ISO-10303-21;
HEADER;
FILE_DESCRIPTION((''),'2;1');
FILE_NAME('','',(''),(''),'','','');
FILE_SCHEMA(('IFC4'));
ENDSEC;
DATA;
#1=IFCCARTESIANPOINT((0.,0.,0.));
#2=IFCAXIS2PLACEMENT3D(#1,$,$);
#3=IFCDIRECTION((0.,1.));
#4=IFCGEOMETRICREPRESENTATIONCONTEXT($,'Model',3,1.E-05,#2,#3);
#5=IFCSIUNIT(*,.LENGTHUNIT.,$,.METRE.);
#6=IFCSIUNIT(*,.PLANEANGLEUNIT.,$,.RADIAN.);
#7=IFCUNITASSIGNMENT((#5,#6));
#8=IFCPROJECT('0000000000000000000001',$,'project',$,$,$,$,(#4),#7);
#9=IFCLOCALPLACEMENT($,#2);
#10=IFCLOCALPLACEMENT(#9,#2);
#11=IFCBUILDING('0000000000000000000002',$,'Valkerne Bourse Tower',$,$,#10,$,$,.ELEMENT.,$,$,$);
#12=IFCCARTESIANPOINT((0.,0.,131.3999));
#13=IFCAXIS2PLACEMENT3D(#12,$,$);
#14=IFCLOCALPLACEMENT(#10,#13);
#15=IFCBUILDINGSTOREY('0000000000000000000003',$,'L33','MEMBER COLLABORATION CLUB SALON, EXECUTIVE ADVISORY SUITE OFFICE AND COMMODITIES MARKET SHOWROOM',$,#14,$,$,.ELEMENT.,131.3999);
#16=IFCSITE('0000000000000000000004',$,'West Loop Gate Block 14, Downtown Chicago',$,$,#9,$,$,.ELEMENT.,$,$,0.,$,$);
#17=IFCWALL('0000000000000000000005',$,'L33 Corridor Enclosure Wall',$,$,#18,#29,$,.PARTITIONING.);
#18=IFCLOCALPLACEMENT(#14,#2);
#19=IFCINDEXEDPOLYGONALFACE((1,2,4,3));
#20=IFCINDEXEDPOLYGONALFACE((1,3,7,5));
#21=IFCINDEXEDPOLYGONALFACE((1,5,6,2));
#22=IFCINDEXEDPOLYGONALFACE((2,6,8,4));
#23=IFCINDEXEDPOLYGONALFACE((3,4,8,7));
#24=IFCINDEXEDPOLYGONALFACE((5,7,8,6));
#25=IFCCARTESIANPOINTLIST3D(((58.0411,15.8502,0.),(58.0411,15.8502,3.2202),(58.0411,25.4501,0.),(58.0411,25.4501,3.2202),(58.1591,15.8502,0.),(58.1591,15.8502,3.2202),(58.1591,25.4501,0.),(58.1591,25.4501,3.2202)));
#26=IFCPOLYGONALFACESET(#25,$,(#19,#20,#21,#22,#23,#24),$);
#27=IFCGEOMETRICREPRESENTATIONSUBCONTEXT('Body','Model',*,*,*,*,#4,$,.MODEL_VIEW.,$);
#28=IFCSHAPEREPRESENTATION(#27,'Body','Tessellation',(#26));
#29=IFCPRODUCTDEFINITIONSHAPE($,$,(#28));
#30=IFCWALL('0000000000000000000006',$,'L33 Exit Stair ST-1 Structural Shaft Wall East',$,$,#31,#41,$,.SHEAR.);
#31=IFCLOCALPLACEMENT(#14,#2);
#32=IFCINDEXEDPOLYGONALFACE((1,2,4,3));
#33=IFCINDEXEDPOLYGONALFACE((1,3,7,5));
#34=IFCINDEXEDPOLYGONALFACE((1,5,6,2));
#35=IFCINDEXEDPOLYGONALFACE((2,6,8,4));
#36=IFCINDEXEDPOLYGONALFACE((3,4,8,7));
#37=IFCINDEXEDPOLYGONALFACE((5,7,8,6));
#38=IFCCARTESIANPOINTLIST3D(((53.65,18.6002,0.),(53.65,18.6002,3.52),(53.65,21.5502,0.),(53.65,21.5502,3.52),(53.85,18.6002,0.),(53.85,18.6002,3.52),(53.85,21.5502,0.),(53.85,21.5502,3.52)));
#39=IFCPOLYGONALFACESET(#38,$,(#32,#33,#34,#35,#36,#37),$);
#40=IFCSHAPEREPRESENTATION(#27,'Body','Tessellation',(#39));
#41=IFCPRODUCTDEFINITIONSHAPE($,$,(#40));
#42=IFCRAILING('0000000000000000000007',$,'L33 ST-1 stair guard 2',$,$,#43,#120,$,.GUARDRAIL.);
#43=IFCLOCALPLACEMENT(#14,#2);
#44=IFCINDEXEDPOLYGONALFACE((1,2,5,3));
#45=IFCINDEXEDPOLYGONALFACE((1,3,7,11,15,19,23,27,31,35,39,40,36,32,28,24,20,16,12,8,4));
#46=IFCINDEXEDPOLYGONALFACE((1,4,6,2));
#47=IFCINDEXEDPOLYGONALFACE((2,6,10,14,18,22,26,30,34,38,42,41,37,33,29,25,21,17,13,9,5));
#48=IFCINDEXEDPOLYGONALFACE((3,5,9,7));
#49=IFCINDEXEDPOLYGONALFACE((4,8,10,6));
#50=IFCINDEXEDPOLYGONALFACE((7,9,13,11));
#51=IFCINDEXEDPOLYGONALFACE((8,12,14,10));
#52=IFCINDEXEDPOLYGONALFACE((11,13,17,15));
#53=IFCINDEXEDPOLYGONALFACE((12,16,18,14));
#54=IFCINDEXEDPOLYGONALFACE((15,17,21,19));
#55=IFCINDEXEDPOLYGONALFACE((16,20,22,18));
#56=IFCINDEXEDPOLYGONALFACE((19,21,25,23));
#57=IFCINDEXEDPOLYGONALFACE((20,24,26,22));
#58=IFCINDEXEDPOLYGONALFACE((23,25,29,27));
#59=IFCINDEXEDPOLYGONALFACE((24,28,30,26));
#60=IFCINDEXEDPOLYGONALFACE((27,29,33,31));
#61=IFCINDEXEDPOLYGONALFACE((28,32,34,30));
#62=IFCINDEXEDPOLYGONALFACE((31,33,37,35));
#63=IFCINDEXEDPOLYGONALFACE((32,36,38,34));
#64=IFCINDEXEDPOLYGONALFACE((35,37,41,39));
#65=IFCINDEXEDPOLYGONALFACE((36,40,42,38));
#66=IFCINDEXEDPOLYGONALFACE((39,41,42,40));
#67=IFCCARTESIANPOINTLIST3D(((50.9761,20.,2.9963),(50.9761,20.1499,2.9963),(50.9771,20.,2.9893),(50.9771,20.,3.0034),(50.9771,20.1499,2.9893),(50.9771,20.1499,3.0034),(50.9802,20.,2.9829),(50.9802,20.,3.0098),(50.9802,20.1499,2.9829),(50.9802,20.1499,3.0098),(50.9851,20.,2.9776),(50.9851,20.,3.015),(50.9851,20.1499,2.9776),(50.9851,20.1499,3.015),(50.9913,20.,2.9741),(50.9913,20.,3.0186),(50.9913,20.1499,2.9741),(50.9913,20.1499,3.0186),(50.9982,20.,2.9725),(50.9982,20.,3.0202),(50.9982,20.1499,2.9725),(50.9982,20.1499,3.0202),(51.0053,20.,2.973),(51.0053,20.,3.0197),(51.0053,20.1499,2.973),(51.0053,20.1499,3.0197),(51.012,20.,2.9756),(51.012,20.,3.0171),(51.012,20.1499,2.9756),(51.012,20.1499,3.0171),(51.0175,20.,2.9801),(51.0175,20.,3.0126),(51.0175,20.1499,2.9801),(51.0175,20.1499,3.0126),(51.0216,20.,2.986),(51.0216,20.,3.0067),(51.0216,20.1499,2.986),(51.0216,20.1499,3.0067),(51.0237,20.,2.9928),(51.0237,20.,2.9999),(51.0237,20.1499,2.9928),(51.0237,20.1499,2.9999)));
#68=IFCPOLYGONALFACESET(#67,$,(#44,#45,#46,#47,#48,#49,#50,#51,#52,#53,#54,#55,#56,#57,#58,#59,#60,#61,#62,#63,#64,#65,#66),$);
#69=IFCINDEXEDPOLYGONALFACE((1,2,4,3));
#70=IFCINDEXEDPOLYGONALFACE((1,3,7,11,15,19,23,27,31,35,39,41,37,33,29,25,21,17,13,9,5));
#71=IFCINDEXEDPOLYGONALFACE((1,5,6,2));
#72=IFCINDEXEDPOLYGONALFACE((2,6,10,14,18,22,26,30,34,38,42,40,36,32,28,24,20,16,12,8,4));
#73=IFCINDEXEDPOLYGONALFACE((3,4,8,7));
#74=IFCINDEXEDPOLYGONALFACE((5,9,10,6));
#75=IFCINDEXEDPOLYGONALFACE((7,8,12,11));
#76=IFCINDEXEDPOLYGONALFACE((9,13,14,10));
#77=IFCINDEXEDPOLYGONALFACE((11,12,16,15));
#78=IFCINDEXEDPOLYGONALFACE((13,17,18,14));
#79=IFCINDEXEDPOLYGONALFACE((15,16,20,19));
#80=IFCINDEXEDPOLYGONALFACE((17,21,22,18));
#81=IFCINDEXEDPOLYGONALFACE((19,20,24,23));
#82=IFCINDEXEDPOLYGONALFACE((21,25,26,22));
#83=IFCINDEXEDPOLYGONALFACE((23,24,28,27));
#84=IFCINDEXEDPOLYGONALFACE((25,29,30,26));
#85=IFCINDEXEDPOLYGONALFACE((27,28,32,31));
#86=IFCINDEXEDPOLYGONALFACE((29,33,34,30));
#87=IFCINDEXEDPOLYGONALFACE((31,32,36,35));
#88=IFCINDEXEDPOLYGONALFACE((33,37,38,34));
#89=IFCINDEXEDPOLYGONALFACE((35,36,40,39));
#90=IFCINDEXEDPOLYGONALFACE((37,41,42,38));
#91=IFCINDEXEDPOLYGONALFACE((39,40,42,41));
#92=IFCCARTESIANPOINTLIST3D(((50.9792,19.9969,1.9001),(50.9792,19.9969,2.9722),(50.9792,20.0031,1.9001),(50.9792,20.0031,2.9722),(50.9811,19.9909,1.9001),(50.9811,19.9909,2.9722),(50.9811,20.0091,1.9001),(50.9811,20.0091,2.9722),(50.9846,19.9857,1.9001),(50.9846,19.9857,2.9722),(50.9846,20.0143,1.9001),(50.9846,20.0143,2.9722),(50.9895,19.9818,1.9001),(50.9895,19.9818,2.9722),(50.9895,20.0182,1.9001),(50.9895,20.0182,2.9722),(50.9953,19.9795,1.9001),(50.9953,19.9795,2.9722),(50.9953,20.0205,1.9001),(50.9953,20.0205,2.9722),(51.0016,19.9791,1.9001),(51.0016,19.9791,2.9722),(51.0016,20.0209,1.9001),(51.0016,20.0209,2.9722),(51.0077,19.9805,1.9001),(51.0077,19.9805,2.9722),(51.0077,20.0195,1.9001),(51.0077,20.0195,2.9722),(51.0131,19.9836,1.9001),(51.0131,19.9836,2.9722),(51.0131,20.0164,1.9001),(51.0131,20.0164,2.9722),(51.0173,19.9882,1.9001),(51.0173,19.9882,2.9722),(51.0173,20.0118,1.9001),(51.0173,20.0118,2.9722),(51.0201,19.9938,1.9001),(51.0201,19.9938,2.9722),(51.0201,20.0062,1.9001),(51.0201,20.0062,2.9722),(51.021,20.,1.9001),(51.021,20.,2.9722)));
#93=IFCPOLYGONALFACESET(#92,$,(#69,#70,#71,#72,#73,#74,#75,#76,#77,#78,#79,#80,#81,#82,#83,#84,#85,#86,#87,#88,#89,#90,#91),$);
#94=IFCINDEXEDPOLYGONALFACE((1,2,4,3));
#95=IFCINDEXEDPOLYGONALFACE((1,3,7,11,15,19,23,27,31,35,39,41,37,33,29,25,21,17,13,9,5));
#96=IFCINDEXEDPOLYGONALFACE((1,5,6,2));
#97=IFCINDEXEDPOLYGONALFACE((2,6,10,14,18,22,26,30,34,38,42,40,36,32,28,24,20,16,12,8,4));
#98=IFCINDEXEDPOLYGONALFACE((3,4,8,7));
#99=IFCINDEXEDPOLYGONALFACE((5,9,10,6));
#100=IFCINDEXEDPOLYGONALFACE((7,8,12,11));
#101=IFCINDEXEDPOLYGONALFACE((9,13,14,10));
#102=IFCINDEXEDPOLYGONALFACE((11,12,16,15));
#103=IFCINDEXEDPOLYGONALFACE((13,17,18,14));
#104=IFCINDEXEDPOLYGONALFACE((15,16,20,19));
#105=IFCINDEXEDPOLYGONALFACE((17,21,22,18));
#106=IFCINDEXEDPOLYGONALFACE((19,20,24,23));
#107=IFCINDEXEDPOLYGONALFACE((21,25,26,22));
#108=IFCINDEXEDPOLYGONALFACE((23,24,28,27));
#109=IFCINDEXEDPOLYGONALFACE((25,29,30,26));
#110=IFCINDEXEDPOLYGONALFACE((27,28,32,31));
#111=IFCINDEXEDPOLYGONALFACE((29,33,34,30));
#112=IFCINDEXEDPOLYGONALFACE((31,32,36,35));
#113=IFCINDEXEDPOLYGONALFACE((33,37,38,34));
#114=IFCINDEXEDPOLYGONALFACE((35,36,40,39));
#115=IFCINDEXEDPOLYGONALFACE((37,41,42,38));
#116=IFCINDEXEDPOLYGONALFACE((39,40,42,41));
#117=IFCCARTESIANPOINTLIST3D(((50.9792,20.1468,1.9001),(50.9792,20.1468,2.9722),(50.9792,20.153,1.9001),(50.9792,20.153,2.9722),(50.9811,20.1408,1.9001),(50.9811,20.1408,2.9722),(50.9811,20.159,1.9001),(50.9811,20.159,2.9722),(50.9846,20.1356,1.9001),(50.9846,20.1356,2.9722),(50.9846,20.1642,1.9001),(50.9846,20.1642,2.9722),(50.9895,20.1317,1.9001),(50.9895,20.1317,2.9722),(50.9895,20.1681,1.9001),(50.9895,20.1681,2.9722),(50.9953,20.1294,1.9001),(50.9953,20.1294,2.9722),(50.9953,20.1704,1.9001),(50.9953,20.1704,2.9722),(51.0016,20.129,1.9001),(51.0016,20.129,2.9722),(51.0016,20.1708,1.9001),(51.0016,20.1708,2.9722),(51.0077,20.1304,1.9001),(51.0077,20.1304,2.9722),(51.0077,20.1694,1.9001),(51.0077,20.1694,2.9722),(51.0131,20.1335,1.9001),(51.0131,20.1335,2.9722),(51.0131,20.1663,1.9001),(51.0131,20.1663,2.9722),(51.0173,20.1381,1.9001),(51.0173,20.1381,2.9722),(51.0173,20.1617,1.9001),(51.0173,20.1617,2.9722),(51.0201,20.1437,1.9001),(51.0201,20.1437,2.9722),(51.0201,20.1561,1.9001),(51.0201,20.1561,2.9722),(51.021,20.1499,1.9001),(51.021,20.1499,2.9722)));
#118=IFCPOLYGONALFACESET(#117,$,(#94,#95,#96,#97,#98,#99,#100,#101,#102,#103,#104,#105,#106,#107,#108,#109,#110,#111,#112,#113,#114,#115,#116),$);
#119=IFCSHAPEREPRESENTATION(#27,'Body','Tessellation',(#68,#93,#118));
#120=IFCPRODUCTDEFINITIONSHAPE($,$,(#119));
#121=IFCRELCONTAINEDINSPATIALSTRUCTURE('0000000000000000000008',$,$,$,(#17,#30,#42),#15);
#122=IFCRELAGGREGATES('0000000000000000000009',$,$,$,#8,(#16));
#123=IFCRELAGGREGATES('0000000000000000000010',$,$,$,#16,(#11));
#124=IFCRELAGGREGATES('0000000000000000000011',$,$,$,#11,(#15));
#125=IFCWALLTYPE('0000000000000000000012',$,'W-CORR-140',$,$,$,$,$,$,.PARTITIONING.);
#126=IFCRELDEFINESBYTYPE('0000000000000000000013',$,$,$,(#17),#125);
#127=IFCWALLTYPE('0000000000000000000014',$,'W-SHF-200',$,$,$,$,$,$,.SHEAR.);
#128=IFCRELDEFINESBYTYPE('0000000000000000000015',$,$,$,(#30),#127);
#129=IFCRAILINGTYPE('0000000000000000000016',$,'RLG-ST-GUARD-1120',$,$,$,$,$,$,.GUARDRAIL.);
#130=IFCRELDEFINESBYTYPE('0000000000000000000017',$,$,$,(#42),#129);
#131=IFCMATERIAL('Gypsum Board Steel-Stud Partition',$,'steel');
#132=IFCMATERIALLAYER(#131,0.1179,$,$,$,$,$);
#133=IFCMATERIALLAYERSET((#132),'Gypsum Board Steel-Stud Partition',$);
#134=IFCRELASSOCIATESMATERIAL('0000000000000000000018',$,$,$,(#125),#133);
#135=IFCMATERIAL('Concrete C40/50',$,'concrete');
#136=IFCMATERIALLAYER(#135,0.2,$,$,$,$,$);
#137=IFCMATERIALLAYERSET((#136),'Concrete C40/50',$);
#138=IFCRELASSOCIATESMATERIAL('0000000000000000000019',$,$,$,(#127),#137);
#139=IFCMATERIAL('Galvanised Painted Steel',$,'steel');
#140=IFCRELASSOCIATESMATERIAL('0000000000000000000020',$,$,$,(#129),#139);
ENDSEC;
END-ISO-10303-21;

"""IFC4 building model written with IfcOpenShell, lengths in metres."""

from ifc_helpers import new_model, si_unit, direction, frame, frame_2d, origin, origin_2d, place, context, subcontext, project, spatial, rectangle, circle, extrude, material, layer, layer_set, type_object, element, save


model = new_model("IFC4")

# Units and contexts
model_context = context("Model", 3, precision=1e-05, world=origin(), true_north=direction((0.0, 1.0)))
body_context = subcontext(model_context, "Body", "Model", "MODEL_VIEW")
ifc_project = project(units=[si_unit("LENGTHUNIT", "METRE"), si_unit("PLANEANGLEUNIT", "RADIAN")], contexts=[model_context])

# Site, building, storey
site_placement = place(None, origin())
site = spatial("IfcSite", under=ifc_project, at=site_placement, Name="West Loop Gate Block 14, Downtown Chicago", CompositionType="ELEMENT", RefElevation=0.0)
building_placement = place(site_placement, origin())
building = spatial("IfcBuilding", under=site, at=building_placement, Name="Valkerne Bourse Tower", CompositionType="ELEMENT")
storey_placement = place(building_placement, frame((0.0, 0.0, 131.3999)))
storey = spatial("IfcBuildingStorey", under=building, at=storey_placement, Name="L33", Description="MEMBER COLLABORATION CLUB SALON, EXECUTIVE ADVISORY SUITE OFFICE AND COMMODITIES MARKET SHOWROOM", CompositionType="ELEMENT", Elevation=131.3999)

# Shared definitions
ifc_material_1 = material(Name="Galvanised Painted Steel", Category="steel")
ifc_material_2 = material(Name="Gypsum Board Steel-Stud Partition", Category="steel")
ifc_layer_1 = layer(ifc_material_2, 0.1179)
ifc_layer_set_1 = layer_set([ifc_layer_1], Name="Gypsum Board Steel-Stud Partition")
wall_type_1 = type_object("IfcWallType", Name="W-CORR-140", PredefinedType="PARTITIONING", material=ifc_layer_set_1)

# Wall
wall_1_placement = place(storey_placement, frame((58.1001, 25.45, 0.0), z_axis=(0.0, 0.0, 1.0), x_axis=(0.0, -1.0, 0.0)))
element("IfcWall", 1, at=wall_1_placement, inside=storey, type_object=wall_type_1, Name="L33 Corridor Enclosure Wall", PredefinedType="PARTITIONING", context=body_context, shape_type="SweptSolid", body=[
    extrude(rectangle(XDim=9.5999, YDim=0.1179, at=frame_2d((4.7998, 0.0))), origin(), (0.0, 0.0, 1.0), 3.2202),
])

# Wall
ifc_material_3 = material(Name="Concrete C40/50", Category="concrete")
ifc_layer_2 = layer(ifc_material_3, 0.2)
ifc_layer_set_2 = layer_set([ifc_layer_2], Name="Concrete C40/50")
wall_type_2 = type_object("IfcWallType", Name="W-SHF-200", PredefinedType="SHEAR", material=ifc_layer_set_2)
wall_2_placement = place(storey_placement, frame((53.75, 18.6001, 0.0), z_axis=(0.0, 0.0, 1.0), x_axis=(0.0, 1.0, 0.0)))
element("IfcWall", 2, at=wall_2_placement, inside=storey, type_object=wall_type_2, Name="L33 Exit Stair ST-1 Structural Shaft Wall East", PredefinedType="SHEAR", context=body_context, shape_type="SweptSolid", body=[
    extrude(rectangle(XDim=2.95, YDim=0.2, at=frame_2d((1.4751, 0.0))), origin(), (0.0, 0.0, 1.0), 3.52),
])

# Railing
railing_type_1 = type_object("IfcRailingType", Name="RLG-ST-GUARD-1120", PredefinedType="GUARDRAIL", material=ifc_material_1)
railing_1_placement = place(storey_placement, frame((51.0, 20.0, 1.9001)))
element("IfcRailing", 3, at=railing_1_placement, inside=storey, type_object=railing_type_1, Name="L33 ST-1 stair guard 2", PredefinedType="GUARDRAIL", context=body_context, shape_type="SweptSolid", body=[
    extrude(circle(Radius=0.0239, at=origin_2d()), frame((0.0, 0.0, 1.0962), z_axis=(0.0, 1.0, 0.0), x_axis=(-1.0, 0.0, 0.0)), (0.0, 0.0, 1.0), 0.1499),
    extrude(circle(Radius=0.021, at=origin_2d()), origin(), (0.0, 0.0, 1.0), 1.072),
    extrude(circle(Radius=0.021, at=origin_2d()), frame((0.0, 0.1499, 0.0)), (0.0, 0.0, 1.0), 1.072),
])

save(model, "model.ifc")
